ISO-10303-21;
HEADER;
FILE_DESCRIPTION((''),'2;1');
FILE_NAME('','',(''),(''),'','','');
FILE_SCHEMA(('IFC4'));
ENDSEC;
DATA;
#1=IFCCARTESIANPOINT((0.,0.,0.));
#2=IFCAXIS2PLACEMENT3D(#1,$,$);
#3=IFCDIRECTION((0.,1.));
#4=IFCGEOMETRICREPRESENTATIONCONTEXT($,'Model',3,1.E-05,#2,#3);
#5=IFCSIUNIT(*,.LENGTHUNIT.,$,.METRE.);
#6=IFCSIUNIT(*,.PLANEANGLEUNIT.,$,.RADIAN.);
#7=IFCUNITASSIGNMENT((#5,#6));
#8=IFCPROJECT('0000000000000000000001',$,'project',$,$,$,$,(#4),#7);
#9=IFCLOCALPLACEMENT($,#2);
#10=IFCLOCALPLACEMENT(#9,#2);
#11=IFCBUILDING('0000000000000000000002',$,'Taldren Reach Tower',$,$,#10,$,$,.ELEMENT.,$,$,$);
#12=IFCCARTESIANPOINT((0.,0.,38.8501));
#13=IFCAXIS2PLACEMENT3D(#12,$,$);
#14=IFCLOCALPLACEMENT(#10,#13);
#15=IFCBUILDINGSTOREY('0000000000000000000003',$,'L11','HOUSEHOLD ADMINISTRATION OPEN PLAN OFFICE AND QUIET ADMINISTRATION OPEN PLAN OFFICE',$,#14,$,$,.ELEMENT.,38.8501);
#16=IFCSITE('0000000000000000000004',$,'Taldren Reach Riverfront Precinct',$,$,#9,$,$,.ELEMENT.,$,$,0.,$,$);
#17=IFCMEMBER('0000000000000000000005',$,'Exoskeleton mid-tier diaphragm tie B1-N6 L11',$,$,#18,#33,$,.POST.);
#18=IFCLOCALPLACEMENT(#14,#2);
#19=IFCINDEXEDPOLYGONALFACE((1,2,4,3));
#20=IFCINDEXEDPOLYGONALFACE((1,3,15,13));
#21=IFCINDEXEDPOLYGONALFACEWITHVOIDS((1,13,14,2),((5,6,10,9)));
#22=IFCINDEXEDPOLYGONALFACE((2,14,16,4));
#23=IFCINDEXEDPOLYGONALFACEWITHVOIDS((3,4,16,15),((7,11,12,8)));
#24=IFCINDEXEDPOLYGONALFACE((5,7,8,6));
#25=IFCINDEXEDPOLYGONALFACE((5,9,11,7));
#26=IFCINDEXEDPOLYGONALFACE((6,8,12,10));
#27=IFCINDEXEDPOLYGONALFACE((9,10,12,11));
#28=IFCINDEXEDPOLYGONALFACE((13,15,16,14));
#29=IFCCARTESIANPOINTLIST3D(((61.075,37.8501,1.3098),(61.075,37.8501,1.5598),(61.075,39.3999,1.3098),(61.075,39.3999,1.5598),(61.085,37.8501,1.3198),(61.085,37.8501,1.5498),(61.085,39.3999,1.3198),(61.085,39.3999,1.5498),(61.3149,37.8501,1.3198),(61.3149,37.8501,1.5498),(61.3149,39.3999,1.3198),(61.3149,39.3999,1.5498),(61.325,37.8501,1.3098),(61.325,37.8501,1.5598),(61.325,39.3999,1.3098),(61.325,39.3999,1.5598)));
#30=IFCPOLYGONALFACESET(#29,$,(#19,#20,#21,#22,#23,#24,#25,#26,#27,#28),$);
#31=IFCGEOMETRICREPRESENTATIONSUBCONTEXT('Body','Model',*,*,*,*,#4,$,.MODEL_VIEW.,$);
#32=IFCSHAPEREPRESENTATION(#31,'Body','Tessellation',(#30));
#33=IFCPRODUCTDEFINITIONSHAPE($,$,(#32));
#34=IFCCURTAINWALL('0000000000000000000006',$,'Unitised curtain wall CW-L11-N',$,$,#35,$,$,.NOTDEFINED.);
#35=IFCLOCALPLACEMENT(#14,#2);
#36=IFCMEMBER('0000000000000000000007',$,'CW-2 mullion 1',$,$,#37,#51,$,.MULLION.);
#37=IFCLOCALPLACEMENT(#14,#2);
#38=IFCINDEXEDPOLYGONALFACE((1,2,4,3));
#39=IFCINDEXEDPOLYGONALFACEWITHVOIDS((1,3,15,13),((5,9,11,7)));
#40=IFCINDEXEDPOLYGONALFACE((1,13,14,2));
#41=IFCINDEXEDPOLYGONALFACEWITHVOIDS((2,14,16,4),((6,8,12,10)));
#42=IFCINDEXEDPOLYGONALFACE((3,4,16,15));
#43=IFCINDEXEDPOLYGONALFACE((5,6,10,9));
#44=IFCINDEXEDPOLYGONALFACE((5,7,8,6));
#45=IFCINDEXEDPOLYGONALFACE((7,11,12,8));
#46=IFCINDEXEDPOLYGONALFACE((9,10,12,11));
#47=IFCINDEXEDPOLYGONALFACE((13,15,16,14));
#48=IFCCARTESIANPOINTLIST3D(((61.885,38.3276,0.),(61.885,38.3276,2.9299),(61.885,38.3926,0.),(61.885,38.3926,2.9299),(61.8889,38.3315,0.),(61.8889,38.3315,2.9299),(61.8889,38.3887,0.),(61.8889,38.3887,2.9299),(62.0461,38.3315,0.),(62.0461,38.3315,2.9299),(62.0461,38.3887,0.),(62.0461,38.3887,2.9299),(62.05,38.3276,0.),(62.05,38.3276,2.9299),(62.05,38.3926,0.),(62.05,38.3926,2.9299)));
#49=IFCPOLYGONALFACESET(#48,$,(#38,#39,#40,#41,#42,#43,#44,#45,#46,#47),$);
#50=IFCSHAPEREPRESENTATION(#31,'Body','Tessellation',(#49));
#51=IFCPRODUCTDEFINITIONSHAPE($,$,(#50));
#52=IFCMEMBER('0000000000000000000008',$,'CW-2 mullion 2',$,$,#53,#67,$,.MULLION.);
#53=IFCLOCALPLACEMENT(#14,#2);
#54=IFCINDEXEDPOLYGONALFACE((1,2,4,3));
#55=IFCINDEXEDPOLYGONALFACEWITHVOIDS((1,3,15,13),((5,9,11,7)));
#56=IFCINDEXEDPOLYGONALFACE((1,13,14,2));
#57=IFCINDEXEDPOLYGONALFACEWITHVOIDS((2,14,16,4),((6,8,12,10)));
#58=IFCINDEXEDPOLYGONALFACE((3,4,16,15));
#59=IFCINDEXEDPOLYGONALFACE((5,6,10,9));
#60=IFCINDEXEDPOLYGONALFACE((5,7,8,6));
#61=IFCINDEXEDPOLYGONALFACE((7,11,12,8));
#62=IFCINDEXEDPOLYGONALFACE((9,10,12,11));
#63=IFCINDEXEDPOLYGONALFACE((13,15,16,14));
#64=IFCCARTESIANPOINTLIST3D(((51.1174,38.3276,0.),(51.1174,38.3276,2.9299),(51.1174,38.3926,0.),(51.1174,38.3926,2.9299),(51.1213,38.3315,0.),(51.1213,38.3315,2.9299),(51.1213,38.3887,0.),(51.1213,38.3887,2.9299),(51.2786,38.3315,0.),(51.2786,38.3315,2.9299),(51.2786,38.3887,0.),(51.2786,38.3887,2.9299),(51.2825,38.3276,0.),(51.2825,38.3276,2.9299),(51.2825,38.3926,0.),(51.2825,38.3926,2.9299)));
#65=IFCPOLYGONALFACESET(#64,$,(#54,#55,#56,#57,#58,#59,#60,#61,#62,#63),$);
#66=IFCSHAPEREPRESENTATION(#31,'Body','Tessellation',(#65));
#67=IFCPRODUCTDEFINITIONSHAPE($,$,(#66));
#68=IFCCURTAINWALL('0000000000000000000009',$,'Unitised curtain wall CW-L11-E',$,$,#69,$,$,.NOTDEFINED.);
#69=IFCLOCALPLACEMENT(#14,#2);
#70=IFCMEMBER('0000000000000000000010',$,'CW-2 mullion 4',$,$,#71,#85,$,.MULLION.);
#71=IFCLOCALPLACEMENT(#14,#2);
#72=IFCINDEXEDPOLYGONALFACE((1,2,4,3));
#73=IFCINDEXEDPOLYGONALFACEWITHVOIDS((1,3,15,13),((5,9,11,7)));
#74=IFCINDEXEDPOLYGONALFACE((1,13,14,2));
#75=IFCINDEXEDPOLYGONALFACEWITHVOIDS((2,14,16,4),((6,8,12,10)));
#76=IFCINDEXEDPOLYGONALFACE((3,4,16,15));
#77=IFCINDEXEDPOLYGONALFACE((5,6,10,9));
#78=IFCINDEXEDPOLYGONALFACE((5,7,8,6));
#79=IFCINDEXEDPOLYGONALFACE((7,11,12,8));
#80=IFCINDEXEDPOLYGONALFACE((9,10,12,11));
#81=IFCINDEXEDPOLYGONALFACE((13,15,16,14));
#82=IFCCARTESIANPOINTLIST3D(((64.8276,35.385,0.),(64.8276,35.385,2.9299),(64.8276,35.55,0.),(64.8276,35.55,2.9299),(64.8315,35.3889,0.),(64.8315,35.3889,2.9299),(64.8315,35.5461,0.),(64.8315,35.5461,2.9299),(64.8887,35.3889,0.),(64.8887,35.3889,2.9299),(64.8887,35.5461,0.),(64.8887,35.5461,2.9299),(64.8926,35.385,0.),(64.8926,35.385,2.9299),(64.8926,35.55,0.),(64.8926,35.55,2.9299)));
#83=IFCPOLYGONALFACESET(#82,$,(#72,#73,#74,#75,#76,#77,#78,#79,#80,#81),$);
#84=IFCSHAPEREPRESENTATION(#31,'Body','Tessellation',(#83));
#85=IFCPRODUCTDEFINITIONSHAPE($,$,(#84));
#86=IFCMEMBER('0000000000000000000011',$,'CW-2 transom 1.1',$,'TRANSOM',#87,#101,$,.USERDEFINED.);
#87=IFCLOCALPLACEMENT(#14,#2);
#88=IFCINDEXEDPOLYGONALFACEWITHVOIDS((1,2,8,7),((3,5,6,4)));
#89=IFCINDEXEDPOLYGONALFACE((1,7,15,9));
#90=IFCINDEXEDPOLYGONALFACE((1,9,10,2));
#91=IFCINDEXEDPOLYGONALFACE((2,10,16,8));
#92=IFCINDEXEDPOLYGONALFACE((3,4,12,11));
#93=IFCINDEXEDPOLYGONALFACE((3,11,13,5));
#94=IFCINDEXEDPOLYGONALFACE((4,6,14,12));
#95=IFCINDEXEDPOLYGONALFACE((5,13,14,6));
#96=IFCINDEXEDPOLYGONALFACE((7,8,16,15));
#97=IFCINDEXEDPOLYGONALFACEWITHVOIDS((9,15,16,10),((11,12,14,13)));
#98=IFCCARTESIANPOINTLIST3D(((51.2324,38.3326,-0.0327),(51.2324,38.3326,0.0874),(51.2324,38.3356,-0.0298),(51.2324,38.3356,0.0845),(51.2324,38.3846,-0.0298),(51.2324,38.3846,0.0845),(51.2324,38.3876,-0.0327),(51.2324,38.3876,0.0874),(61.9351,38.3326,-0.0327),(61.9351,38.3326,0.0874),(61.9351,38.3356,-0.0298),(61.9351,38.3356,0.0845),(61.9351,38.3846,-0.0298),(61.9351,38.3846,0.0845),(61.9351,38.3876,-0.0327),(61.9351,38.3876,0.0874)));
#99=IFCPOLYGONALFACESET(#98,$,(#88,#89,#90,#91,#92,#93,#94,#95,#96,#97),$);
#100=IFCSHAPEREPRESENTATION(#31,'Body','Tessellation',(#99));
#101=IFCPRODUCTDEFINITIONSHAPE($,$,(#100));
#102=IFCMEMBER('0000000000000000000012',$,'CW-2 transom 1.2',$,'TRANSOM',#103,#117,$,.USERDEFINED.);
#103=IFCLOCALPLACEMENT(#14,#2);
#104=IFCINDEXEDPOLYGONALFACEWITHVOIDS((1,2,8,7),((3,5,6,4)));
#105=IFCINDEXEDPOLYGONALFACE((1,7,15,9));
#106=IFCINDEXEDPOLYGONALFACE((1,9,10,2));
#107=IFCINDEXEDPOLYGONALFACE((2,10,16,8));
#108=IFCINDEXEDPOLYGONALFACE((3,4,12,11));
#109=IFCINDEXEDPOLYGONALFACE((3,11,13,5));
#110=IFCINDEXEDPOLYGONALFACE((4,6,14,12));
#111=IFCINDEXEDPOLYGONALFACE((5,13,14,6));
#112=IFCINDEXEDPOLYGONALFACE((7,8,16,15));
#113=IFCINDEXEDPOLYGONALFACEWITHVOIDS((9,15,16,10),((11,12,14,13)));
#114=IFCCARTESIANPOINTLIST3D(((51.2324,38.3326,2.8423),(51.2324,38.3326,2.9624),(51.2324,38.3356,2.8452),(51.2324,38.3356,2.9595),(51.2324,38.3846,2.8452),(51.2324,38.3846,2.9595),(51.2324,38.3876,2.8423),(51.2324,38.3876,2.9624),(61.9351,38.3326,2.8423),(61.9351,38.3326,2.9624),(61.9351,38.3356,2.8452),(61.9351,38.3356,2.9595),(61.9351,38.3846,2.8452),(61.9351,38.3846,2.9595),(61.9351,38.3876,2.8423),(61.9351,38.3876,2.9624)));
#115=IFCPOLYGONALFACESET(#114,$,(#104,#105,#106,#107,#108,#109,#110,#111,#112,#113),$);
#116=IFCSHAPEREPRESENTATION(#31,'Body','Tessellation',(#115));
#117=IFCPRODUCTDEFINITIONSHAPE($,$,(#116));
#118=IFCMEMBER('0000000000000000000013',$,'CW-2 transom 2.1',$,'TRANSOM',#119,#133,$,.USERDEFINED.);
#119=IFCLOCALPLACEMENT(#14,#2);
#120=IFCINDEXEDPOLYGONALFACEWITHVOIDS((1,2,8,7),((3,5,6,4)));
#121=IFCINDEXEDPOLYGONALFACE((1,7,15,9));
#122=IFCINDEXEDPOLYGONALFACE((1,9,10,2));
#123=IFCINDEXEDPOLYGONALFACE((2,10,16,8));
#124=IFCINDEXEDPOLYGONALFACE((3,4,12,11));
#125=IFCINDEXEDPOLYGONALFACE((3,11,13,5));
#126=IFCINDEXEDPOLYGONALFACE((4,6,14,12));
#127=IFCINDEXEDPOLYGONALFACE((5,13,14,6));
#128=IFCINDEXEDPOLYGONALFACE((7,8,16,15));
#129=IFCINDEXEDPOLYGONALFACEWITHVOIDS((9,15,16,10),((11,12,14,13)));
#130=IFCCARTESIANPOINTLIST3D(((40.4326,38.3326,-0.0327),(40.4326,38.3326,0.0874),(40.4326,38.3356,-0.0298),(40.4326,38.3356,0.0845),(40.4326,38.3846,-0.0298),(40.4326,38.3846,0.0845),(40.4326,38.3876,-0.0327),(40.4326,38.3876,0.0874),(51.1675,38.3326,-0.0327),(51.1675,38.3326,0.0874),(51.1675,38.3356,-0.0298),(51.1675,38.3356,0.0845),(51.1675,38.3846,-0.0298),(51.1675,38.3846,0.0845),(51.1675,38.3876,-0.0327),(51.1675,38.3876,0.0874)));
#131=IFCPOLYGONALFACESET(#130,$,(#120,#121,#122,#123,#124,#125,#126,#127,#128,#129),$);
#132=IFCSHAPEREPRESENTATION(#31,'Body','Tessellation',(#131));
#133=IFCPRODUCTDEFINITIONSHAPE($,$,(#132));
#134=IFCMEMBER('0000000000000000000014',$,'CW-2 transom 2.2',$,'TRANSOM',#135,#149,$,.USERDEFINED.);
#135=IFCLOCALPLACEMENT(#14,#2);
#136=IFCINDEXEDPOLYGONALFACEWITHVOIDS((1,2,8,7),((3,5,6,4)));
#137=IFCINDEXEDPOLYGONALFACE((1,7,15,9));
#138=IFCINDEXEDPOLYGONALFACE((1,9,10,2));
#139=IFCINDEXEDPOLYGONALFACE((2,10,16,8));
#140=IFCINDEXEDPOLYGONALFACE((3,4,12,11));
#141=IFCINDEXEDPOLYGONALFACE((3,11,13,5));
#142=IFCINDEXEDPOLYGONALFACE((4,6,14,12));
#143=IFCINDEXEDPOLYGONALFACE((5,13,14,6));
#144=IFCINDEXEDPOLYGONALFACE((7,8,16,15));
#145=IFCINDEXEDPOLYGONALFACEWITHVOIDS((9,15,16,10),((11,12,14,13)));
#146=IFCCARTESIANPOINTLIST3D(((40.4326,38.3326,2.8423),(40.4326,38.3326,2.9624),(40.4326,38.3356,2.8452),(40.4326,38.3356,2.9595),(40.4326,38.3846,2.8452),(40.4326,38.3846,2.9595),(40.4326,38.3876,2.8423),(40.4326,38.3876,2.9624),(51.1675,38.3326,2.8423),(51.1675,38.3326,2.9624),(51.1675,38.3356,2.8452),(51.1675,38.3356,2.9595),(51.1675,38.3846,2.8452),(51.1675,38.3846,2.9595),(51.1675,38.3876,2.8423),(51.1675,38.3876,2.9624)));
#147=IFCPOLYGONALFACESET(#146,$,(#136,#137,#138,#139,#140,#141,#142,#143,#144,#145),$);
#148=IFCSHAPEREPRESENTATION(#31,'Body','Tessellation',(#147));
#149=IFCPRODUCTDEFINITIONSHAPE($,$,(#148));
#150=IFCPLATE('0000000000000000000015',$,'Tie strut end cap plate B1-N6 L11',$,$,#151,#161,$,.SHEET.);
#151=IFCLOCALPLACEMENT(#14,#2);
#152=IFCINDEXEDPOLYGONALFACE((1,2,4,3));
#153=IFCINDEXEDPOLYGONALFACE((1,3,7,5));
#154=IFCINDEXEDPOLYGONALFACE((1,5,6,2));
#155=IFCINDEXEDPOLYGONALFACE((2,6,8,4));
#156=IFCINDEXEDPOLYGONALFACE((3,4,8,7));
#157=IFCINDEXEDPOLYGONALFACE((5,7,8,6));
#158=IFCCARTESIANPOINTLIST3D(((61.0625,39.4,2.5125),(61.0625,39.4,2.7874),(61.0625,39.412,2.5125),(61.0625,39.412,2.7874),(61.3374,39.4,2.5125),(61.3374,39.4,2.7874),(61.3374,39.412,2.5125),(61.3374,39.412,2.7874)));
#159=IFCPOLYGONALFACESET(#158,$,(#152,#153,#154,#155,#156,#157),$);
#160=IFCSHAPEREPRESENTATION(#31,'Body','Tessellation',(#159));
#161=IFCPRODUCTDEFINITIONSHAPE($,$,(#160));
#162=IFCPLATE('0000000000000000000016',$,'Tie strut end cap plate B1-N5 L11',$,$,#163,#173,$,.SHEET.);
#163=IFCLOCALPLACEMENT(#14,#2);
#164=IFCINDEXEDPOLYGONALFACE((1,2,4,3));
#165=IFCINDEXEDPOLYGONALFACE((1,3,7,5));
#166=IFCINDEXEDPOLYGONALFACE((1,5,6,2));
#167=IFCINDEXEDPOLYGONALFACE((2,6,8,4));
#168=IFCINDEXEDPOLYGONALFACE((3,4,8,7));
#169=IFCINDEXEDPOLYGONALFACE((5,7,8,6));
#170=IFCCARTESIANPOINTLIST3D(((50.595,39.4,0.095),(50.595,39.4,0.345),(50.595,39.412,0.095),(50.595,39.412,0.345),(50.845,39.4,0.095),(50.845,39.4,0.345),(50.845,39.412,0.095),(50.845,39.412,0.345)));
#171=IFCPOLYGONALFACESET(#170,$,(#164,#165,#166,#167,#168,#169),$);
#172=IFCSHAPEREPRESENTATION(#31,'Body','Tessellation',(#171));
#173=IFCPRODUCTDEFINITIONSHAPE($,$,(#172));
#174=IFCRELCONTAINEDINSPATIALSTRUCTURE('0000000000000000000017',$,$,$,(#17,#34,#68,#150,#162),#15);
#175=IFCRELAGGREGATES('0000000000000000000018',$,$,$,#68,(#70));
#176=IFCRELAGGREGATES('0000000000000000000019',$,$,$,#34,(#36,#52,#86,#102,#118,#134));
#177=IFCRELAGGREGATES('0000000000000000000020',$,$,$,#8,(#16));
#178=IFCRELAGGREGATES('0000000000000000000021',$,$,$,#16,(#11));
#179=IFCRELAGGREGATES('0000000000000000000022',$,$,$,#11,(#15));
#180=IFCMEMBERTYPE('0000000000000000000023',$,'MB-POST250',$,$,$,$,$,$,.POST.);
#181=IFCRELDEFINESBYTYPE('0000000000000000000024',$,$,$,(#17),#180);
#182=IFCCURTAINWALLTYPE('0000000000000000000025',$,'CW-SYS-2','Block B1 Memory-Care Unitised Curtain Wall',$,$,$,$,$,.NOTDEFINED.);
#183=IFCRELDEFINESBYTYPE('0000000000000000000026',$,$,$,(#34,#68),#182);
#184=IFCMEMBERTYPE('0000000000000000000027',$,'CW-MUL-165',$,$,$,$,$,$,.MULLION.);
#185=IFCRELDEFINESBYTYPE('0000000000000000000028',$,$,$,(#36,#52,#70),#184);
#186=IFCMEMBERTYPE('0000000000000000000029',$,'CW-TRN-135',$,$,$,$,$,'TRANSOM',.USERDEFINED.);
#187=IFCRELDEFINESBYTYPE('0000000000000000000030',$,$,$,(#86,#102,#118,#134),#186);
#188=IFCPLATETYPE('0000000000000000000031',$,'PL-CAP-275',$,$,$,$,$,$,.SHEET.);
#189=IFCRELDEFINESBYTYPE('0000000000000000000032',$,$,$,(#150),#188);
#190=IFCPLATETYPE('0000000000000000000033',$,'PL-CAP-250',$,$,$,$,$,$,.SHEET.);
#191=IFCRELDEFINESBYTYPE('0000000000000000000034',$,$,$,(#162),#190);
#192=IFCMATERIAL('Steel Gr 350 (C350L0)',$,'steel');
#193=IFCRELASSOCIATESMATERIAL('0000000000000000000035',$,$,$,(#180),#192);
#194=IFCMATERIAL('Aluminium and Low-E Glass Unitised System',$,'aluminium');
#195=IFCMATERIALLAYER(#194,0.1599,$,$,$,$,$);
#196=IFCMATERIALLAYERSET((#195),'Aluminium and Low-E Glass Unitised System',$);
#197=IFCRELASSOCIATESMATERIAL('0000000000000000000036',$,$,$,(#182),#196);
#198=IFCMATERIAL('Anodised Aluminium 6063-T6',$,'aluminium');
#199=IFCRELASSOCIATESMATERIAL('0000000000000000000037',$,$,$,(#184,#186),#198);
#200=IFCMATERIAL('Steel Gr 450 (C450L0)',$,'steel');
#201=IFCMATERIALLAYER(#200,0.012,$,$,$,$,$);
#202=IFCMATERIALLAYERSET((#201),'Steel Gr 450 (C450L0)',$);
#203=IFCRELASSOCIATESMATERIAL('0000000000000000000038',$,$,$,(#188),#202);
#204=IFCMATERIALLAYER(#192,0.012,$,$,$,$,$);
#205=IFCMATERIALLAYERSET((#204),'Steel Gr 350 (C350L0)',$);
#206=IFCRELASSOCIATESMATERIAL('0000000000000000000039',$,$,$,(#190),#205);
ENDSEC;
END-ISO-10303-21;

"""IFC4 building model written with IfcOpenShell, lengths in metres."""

from ifc_helpers import new_model, si_unit, direction, frame, origin, origin_2d, place, context, subcontext, project, spatial, rectangle, hollow_rectangle, extrude, source, transform, mapped, material, layer, layer_set, material_profile, profile_set, type_object, element, aggregate, save


model = new_model("IFC4")

# Units and contexts
model_context = context("Model", 3, precision=1e-05, world=origin(), true_north=direction((0.0, 1.0)))
body_context = subcontext(model_context, "Body", "Model", "MODEL_VIEW")
ifc_project = project(units=[si_unit("LENGTHUNIT", "METRE"), si_unit("PLANEANGLEUNIT", "RADIAN")], contexts=[model_context])

# Site, building, storey
site_placement = place(None, origin())
site = spatial("IfcSite", under=ifc_project, at=site_placement, Name="Taldren Reach Riverfront Precinct", CompositionType="ELEMENT", RefElevation=0.0)
building_placement = place(site_placement, origin())
building = spatial("IfcBuilding", under=site, at=building_placement, Name="Taldren Reach Tower", CompositionType="ELEMENT")
storey_placement = place(building_placement, frame((0.0, 0.0, 38.8501)))
storey = spatial("IfcBuildingStorey", under=building, at=storey_placement, Name="L11", Description="HOUSEHOLD ADMINISTRATION OPEN PLAN OFFICE AND QUIET ADMINISTRATION OPEN PLAN OFFICE", CompositionType="ELEMENT", Elevation=38.8501)

# Member
ifc_material_1 = material(Name="Steel Gr 450 (C450L0)", Category="steel")
ifc_material_2 = material(Name="Steel Gr 350 (C350L0)", Category="steel")
ifc_material_profile_1 = material_profile(ifc_material_2, hollow_rectangle(XDim=0.25, YDim=0.25, WallThickness=0.01, at=origin_2d()), Name="250x250x10.0SHS")
ifc_profile_set_1 = profile_set([ifc_material_profile_1], Name="Steel Gr 350 (C350L0)")
member_type_1 = type_object("IfcMemberType", Name="MB-POST250", PredefinedType="POST", material=ifc_profile_set_1)
shared_shape_1 = source(origin(), body_context, "Body", "SweptSolid", [
    extrude(hollow_rectangle(XDim=0.25, YDim=0.25, WallThickness=0.01, at=origin_2d()), origin(), (0.0, 0.0, 1.0), 1.5498),
])
for number, where, z_axis, x_axis, name in (
    (1, (61.2, 37.8501, 1.4348), (0.0, 1.0, 0.0), (-1.0, 0.0, 0.0), "Exoskeleton mid-tier diaphragm tie B1-N6 L11"),
):
    element("IfcMember", number, at=place(storey_placement, frame(where, z_axis=z_axis, x_axis=x_axis)), inside=storey, type_object=member_type_1, Name=name, PredefinedType="POST", context=body_context, shape_type="MappedRepresentation", body=[
        mapped(shared_shape_1, transform((0.0, 0.0, 0.0), scale=1.0)),
    ])

# Curtain wall, members
ifc_material_3 = material(Name="Aluminium and Low-E Glass Unitised System", Category="aluminium")
ifc_layer_1 = layer(ifc_material_3, 0.1599)
ifc_layer_set_1 = layer_set([ifc_layer_1], Name="Aluminium and Low-E Glass Unitised System")
curtain_wall_type = type_object("IfcCurtainWallType", Name="CW-SYS-2", Description="Block B1 Memory-Care Unitised Curtain Wall", PredefinedType="NOTDEFINED", material=ifc_layer_set_1)
curtain_wall_1_placement = place(storey_placement, origin())
curtain_wall_1 = element("IfcCurtainWall", 2, at=curtain_wall_1_placement, inside=storey, type_object=curtain_wall_type, Name="Unitised curtain wall CW-L11-N", PredefinedType="NOTDEFINED")
ifc_material_4 = material(Name="Anodised Aluminium 6063-T6", Category="aluminium")
ifc_material_profile_2 = material_profile(ifc_material_4, hollow_rectangle(XDim=0.0649, YDim=0.165, WallThickness=0.0039, at=origin_2d()), Name="ALU-165x65x4RHS")
ifc_profile_set_2 = profile_set([ifc_material_profile_2], Name="Anodised Aluminium 6063-T6")
member_type_2 = type_object("IfcMemberType", Name="CW-MUL-165", PredefinedType="MULLION", material=ifc_profile_set_2)
shared_shape_2 = source(origin(), body_context, "Body", "SweptSolid", [
    extrude(hollow_rectangle(XDim=0.0649, YDim=0.165, WallThickness=0.0039, at=origin_2d()), origin(), (0.0, 0.0, 1.0), 2.9299),
])
member_1_placement = place(storey_placement, frame((61.9675, 38.3601, 0.0), z_axis=(0.0, 0.0, 1.0), x_axis=(0.0, -1.0, 0.0)))
member_1 = element("IfcMember", 3, at=member_1_placement, type_object=member_type_2, Name="CW-2 mullion 1", PredefinedType="MULLION", context=body_context, shape_type="MappedRepresentation", body=[
    mapped(shared_shape_2, transform((0.0, 0.0, 0.0), scale=1.0)),
])
member_2_placement = place(storey_placement, frame((51.2, 38.3601, 0.0), z_axis=(0.0, 0.0, 1.0), x_axis=(0.0, -1.0, 0.0)))
member_2 = element("IfcMember", 4, at=member_2_placement, type_object=member_type_2, Name="CW-2 mullion 2", PredefinedType="MULLION", context=body_context, shape_type="MappedRepresentation", body=[
    mapped(shared_shape_2, transform((0.0, 0.0, 0.0), scale=1.0)),
])

# Curtain wall, member
curtain_wall_2_placement = place(storey_placement, origin())
curtain_wall_2 = element("IfcCurtainWall", 5, at=curtain_wall_2_placement, inside=storey, type_object=curtain_wall_type, Name="Unitised curtain wall CW-L11-E", PredefinedType="NOTDEFINED")
member_3_placement = place(storey_placement, frame((64.8601, 35.4675, 0.0), z_axis=(0.0, 0.0, 1.0), x_axis=(-1.0, 0.0, 0.0)))
member_3 = element("IfcMember", 6, at=member_3_placement, type_object=member_type_2, Name="CW-2 mullion 4", PredefinedType="MULLION", context=body_context, shape_type="MappedRepresentation", body=[
    mapped(shared_shape_2, transform((0.0, 0.0, 0.0), scale=1.0)),
])
aggregate(curtain_wall_2, [member_3])

# Members
ifc_material_profile_3 = material_profile(ifc_material_4, hollow_rectangle(XDim=0.0549, YDim=0.1201, WallThickness=0.0029, at=origin_2d()), Name="ALU-120x55x3RHS")
ifc_profile_set_3 = profile_set([ifc_material_profile_3], Name="Anodised Aluminium 6063-T6")
member_type_3 = type_object("IfcMemberType", Name="CW-TRN-135", ElementType="TRANSOM", PredefinedType="USERDEFINED", material=ifc_profile_set_3)
shared_shape_3 = source(origin(), body_context, "Body", "SweptSolid", [
    extrude(hollow_rectangle(XDim=0.0549, YDim=0.1201, WallThickness=0.0029, at=origin_2d()), origin(), (0.0, 0.0, 1.0), 10.7026),
])
member_4_placement = place(storey_placement, frame((61.9351, 38.3601, 0.0273), z_axis=(-1.0, 0.0, 0.0), x_axis=(0.0, -1.0, 0.0)))
member_4 = element("IfcMember", 7, at=member_4_placement, type_object=member_type_3, Name="CW-2 transom 1.1", ObjectType="TRANSOM", PredefinedType="USERDEFINED", context=body_context, shape_type="MappedRepresentation", body=[
    mapped(shared_shape_3, transform((0.0, 0.0, 0.0), scale=1.0)),
])
member_5_placement = place(storey_placement, frame((61.9351, 38.3601, 2.9023), z_axis=(-1.0, 0.0, 0.0), x_axis=(0.0, -1.0, 0.0)))
member_5 = element("IfcMember", 8, at=member_5_placement, type_object=member_type_3, Name="CW-2 transom 1.2", ObjectType="TRANSOM", PredefinedType="USERDEFINED", context=body_context, shape_type="MappedRepresentation", body=[
    mapped(shared_shape_3, transform((0.0, 0.0, 0.0), scale=1.0)),
])
shared_shape_4 = source(origin(), body_context, "Body", "SweptSolid", [
    extrude(hollow_rectangle(XDim=0.0549, YDim=0.1201, WallThickness=0.0029, at=origin_2d()), origin(), (0.0, 0.0, 1.0), 10.7349),
])
member_6_placement = place(storey_placement, frame((51.1675, 38.3601, 0.0273), z_axis=(-1.0, 0.0, 0.0), x_axis=(0.0, -1.0, 0.0)))
member_6 = element("IfcMember", 9, at=member_6_placement, type_object=member_type_3, Name="CW-2 transom 2.1", ObjectType="TRANSOM", PredefinedType="USERDEFINED", context=body_context, shape_type="MappedRepresentation", body=[
    mapped(shared_shape_4, transform((0.0, 0.0, 0.0), scale=1.0)),
])
member_7_placement = place(storey_placement, frame((51.1675, 38.3601, 2.9023), z_axis=(-1.0, 0.0, 0.0), x_axis=(0.0, -1.0, 0.0)))
member_7 = element("IfcMember", 10, at=member_7_placement, type_object=member_type_3, Name="CW-2 transom 2.2", ObjectType="TRANSOM", PredefinedType="USERDEFINED", context=body_context, shape_type="MappedRepresentation", body=[
    mapped(shared_shape_4, transform((0.0, 0.0, 0.0), scale=1.0)),
])

# Plates
ifc_layer_2 = layer(ifc_material_1, 0.012)
ifc_layer_set_2 = layer_set([ifc_layer_2], Name="Steel Gr 450 (C450L0)")
plate_type_1 = type_object("IfcPlateType", Name="PL-CAP-275", PredefinedType="SHEET", material=ifc_layer_set_2)
shared_shape_5 = source(origin(), body_context, "Body", "SweptSolid", [
    extrude(rectangle(XDim=0.2749, YDim=0.012, at=origin_2d()), origin(), (0.0, 0.0, 1.0), 0.2749),
])
plate_1_placement = place(storey_placement, frame((61.2, 39.406, 2.5125), z_axis=(0.0, 0.0, 1.0), x_axis=(1.0, 0.0, 0.0)))
element("IfcPlate", 11, at=plate_1_placement, inside=storey, type_object=plate_type_1, Name="Tie strut end cap plate B1-N6 L11", PredefinedType="SHEET", context=body_context, shape_type="MappedRepresentation", body=[
    mapped(shared_shape_5, transform((0.0, 0.0, 0.0), scale=1.0)),
])
ifc_layer_3 = layer(ifc_material_2, 0.012)
ifc_layer_set_3 = layer_set([ifc_layer_3], Name="Steel Gr 350 (C350L0)")
plate_type_2 = type_object("IfcPlateType", Name="PL-CAP-250", PredefinedType="SHEET", material=ifc_layer_set_3)
shared_shape_6 = source(origin(), body_context, "Body", "SweptSolid", [
    extrude(rectangle(XDim=0.25, YDim=0.012, at=origin_2d()), origin(), (0.0, 0.0, 1.0), 0.25),
])
plate_2_placement = place(storey_placement, frame((50.72, 39.406, 0.095), z_axis=(0.0, 0.0, 1.0), x_axis=(1.0, 0.0, 0.0)))
element("IfcPlate", 12, at=plate_2_placement, inside=storey, type_object=plate_type_2, Name="Tie strut end cap plate B1-N5 L11", PredefinedType="SHEET", context=body_context, shape_type="MappedRepresentation", body=[
    mapped(shared_shape_6, transform((0.0, 0.0, 0.0), scale=1.0)),
])

aggregate(curtain_wall_1, [member_1, member_2, member_4, member_5, member_6, member_7])

save(model, "model.ifc")
